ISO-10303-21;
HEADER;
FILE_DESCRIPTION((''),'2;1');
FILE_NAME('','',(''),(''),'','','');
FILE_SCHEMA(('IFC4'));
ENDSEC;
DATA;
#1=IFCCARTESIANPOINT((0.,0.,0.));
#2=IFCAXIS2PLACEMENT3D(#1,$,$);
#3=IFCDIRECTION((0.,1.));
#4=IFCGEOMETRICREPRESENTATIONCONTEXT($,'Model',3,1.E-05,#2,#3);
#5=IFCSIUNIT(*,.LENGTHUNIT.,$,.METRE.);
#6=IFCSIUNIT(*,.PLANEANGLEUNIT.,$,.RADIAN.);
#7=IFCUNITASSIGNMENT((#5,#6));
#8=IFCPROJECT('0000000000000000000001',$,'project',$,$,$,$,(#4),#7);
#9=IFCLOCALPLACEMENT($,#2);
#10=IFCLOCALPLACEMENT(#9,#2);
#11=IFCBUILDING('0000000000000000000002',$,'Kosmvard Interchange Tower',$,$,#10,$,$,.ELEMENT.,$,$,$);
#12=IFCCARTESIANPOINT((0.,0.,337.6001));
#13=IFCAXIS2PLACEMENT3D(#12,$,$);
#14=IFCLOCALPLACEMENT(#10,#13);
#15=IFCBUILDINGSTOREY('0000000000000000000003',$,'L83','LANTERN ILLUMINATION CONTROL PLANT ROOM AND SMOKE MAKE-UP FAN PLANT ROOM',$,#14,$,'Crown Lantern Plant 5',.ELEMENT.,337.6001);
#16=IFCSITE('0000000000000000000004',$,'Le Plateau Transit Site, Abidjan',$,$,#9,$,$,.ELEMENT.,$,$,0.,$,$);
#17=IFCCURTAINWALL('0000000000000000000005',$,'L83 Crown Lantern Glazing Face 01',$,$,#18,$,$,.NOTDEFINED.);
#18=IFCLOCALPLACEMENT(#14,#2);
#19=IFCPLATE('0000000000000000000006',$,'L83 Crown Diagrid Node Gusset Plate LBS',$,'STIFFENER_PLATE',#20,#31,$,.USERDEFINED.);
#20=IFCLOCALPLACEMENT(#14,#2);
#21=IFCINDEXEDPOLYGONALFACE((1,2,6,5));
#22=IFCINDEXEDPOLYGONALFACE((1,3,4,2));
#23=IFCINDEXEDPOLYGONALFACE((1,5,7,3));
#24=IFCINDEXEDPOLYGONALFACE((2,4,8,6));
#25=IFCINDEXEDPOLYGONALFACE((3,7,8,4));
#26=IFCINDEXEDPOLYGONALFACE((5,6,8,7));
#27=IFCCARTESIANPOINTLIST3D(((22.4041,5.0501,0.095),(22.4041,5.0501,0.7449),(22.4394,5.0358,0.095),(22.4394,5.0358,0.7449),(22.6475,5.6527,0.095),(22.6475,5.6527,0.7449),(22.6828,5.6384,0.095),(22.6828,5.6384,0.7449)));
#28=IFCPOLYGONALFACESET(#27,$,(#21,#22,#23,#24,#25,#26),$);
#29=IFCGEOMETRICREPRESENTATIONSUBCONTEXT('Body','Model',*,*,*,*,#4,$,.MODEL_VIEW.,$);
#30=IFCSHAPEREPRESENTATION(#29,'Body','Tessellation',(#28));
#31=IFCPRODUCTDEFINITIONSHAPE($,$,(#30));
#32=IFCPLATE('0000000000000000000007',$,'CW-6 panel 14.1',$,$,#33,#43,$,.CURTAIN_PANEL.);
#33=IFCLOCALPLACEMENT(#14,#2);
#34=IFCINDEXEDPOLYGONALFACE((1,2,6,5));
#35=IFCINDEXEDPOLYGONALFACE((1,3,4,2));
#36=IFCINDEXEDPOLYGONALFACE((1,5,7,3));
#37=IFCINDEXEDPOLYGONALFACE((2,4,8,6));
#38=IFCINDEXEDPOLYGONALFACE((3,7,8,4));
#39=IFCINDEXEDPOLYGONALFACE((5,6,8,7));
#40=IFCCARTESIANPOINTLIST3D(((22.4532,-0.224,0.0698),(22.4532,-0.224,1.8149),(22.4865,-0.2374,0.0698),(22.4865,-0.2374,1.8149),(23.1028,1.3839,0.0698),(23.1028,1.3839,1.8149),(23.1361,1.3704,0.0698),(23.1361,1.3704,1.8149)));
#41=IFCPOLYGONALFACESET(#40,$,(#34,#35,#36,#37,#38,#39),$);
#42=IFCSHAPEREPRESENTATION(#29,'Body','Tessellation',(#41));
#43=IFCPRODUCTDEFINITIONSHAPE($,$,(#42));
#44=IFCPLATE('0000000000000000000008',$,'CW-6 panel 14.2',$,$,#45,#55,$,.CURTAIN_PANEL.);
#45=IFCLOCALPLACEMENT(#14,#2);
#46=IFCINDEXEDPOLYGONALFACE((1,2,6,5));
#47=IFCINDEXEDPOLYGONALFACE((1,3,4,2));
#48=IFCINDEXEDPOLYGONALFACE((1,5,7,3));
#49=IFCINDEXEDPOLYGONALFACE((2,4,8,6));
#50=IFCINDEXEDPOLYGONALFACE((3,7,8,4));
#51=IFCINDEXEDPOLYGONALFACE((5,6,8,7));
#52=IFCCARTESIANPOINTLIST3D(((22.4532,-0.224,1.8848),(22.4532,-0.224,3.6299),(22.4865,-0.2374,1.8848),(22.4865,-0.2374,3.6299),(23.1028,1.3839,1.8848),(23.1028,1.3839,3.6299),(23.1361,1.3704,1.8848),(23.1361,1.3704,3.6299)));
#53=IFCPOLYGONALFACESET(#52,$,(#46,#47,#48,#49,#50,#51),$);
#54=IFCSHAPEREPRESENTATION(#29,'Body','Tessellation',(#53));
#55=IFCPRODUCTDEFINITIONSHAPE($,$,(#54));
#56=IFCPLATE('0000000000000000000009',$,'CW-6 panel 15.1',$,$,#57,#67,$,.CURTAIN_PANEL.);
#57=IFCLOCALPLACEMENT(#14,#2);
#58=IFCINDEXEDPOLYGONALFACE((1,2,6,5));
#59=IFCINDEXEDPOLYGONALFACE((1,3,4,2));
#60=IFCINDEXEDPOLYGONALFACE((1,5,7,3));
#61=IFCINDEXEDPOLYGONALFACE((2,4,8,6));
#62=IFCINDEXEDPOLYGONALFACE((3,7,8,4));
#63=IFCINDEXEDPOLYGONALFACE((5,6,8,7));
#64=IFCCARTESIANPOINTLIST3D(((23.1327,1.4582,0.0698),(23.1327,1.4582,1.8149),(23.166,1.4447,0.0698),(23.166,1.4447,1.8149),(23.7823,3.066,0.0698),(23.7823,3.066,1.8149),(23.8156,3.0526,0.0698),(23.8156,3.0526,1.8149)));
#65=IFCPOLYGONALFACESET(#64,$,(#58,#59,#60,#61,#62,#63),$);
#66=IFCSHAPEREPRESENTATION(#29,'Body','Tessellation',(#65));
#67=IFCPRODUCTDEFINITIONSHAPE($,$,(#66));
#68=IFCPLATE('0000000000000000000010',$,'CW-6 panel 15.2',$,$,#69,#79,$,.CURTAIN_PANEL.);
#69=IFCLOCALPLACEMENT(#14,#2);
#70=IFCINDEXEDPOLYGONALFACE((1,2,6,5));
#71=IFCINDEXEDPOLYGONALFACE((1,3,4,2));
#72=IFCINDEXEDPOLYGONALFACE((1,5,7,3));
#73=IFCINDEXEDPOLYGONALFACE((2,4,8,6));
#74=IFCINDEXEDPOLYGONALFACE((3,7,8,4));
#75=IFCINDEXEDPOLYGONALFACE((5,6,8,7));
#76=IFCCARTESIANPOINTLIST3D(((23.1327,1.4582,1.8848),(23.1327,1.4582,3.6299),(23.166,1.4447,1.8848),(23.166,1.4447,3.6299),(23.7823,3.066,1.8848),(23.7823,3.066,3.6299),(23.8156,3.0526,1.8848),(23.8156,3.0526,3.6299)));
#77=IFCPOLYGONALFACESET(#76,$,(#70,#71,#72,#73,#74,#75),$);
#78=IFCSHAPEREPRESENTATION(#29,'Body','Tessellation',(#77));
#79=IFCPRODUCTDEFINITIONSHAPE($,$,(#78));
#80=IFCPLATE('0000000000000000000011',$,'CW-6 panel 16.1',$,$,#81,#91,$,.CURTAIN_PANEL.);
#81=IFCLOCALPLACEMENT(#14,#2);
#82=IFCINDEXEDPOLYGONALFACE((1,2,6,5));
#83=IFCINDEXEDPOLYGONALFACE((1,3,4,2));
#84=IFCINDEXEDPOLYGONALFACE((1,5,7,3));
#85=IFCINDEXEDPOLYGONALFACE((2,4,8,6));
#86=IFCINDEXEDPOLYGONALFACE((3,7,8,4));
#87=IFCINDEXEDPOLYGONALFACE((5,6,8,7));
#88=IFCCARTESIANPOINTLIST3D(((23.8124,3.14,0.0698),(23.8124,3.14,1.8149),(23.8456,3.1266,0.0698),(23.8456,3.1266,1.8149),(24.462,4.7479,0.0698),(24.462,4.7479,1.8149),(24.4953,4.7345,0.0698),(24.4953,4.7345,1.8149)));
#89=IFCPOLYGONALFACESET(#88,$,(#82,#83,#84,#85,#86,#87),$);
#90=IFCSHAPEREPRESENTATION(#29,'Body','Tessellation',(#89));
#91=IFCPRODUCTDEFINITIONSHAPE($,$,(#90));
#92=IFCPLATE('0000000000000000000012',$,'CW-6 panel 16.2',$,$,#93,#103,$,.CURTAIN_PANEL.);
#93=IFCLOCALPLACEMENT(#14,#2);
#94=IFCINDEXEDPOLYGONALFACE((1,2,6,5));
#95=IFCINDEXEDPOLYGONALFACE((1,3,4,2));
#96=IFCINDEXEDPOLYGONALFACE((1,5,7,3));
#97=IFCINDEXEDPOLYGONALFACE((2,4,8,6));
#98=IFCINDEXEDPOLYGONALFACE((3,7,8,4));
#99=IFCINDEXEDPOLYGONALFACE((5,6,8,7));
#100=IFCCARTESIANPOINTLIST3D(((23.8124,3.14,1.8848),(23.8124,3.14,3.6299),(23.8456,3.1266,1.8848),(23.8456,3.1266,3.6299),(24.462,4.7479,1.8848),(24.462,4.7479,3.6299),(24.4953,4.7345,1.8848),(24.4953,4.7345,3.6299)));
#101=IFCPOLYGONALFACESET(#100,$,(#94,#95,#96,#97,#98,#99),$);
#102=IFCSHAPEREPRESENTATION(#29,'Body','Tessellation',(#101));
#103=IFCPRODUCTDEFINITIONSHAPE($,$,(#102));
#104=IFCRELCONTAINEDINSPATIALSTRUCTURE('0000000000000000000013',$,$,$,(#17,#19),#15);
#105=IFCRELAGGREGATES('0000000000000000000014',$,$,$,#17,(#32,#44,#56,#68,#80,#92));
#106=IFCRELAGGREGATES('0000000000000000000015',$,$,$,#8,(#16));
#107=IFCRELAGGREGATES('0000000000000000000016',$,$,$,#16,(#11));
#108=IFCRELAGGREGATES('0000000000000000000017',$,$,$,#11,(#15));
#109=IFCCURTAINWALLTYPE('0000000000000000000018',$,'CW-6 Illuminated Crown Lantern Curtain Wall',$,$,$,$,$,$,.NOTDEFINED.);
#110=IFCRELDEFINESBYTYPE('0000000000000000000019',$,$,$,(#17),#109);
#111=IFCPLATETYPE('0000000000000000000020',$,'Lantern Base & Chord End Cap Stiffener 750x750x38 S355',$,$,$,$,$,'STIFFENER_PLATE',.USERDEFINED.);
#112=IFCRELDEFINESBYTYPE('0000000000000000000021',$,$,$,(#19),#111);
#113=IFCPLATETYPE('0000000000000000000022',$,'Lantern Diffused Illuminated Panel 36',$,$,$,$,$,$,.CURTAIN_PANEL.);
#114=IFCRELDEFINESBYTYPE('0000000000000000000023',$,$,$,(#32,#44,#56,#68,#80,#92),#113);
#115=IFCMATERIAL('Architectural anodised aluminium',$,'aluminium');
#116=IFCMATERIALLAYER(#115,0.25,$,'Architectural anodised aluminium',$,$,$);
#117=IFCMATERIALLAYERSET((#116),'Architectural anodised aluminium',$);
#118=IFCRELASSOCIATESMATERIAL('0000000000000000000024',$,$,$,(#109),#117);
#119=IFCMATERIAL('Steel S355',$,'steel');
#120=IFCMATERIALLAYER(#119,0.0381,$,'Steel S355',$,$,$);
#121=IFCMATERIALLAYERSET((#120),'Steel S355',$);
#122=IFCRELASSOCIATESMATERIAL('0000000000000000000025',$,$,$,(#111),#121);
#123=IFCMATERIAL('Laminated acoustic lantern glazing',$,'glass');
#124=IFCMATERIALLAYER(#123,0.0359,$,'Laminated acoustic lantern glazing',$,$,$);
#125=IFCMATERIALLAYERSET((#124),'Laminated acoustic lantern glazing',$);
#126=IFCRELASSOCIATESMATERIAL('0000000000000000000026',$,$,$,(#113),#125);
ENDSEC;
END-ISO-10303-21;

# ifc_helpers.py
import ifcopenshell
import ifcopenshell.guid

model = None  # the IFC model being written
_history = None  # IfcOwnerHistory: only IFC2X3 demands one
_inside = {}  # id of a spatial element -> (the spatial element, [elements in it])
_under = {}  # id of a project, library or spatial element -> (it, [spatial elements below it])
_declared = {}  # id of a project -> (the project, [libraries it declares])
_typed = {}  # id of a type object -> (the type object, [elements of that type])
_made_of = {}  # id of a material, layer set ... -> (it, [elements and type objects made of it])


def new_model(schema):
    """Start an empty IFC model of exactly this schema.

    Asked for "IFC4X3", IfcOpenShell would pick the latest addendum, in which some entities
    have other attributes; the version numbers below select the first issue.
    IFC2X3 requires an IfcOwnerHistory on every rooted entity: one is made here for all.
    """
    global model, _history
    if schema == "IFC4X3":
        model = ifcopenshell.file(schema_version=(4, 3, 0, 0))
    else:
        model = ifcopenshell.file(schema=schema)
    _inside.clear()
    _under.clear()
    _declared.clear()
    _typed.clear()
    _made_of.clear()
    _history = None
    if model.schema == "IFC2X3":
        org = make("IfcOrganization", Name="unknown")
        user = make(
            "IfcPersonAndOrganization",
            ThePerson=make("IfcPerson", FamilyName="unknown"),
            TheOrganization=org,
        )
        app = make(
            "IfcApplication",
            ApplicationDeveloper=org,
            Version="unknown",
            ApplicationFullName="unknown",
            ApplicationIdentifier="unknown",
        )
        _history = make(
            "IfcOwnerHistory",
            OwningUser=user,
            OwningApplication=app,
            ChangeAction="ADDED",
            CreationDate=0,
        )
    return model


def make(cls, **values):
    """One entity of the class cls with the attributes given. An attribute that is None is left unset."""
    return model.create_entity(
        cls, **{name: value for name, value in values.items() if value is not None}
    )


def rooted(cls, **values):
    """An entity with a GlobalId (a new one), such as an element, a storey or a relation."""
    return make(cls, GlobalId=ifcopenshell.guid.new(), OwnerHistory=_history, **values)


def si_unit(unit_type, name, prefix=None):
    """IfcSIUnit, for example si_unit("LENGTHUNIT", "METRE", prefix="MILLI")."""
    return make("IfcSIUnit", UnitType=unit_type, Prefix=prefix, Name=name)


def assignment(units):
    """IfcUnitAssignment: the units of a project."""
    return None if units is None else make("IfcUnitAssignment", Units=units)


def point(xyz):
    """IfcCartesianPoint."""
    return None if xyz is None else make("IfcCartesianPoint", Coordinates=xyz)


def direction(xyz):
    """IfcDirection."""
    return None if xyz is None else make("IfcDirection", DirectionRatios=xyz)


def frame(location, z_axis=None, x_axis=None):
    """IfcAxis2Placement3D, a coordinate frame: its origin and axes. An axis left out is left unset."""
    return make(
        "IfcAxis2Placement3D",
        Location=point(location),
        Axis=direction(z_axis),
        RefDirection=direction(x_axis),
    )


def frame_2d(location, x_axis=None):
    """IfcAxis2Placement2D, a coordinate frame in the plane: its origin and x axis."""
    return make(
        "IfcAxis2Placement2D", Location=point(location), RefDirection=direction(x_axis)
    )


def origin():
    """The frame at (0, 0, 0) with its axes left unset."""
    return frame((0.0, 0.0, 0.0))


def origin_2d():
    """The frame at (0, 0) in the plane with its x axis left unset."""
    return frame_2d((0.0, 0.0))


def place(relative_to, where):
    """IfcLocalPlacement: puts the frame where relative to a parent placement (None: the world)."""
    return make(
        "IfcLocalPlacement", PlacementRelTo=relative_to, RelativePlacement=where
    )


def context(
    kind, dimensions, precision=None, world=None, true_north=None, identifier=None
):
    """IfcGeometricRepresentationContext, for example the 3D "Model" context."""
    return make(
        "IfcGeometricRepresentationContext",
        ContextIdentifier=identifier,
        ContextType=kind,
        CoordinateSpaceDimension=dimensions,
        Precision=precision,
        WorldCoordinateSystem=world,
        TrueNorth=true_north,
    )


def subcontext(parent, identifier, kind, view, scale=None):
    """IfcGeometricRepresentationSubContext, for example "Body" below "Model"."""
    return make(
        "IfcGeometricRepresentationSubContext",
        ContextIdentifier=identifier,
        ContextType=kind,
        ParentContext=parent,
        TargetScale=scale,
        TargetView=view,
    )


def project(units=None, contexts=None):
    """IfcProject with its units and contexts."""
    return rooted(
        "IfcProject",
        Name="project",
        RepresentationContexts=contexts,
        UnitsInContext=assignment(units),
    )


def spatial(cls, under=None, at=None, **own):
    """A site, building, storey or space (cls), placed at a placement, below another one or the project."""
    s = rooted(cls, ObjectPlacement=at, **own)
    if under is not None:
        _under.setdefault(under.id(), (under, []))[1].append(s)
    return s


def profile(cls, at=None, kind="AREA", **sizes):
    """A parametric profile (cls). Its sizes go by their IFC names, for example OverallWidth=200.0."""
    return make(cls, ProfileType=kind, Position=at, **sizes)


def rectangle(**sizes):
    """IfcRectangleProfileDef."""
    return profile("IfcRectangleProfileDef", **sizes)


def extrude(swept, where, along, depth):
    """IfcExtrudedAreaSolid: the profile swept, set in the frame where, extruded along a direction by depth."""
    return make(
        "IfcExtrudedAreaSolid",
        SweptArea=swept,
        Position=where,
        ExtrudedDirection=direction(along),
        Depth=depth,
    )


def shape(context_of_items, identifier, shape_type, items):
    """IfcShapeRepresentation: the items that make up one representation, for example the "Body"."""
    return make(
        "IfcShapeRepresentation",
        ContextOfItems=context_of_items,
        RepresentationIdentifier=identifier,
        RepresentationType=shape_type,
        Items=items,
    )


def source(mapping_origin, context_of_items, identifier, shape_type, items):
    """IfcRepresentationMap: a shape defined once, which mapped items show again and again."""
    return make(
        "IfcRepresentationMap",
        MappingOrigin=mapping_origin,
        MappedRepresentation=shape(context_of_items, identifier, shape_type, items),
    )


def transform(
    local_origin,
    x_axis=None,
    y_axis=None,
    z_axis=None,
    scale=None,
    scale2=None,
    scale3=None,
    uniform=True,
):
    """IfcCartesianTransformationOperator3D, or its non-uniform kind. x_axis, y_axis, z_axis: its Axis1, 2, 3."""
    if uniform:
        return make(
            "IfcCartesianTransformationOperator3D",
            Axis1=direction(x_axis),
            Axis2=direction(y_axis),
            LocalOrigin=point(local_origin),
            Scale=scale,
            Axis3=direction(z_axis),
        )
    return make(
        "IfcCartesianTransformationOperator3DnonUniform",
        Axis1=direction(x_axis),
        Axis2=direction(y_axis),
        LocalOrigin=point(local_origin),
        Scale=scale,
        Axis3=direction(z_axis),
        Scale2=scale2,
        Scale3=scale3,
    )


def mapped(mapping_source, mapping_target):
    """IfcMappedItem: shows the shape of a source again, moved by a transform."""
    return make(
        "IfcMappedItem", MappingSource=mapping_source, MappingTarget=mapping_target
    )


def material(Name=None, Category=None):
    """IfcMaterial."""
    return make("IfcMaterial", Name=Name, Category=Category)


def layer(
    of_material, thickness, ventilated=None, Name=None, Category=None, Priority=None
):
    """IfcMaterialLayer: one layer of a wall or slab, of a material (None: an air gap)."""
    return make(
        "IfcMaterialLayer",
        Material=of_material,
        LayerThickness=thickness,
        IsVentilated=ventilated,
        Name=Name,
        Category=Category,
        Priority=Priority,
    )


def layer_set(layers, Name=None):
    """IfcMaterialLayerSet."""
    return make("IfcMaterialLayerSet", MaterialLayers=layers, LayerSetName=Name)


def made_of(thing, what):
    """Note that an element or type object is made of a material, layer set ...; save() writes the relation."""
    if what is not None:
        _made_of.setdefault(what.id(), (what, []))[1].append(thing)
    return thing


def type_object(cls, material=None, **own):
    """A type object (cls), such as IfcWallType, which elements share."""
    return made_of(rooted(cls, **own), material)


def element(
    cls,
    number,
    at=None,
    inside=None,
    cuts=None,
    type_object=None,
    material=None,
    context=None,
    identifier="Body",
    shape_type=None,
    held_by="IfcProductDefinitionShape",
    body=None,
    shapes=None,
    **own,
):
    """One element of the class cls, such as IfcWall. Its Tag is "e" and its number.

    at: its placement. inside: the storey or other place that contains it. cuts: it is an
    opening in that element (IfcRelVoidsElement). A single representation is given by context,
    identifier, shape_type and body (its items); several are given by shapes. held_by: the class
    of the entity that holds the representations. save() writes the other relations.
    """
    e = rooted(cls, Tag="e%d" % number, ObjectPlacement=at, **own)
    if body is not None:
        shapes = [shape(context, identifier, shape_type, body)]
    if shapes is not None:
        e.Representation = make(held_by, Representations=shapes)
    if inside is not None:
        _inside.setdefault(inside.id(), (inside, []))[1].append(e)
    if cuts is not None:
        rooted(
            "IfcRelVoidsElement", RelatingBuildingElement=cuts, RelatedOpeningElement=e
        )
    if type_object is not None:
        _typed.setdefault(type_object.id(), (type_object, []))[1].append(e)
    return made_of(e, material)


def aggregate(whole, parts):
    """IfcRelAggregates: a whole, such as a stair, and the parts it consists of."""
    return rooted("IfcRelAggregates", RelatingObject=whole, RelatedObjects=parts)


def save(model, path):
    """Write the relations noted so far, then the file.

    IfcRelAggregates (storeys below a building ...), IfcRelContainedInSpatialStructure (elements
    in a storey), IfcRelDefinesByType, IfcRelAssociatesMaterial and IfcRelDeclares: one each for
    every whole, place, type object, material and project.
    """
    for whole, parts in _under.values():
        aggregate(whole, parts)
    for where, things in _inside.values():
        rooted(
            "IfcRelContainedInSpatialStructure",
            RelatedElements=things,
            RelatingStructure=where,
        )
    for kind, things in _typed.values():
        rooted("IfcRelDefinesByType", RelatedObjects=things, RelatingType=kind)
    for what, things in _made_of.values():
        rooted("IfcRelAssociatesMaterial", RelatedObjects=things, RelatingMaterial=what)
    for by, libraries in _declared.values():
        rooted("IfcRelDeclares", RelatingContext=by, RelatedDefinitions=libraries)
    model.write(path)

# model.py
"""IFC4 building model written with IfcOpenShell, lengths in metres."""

from ifc_helpers import new_model, si_unit, direction, frame, origin, origin_2d, place, context, subcontext, project, spatial, rectangle, extrude, source, transform, mapped, material, layer, layer_set, type_object, element, aggregate, save


model = new_model("IFC4")

# Units and contexts
model_context = context("Model", 3, precision=1e-05, world=origin(), true_north=direction((0.0, 1.0)))
body_context = subcontext(model_context, "Body", "Model", "MODEL_VIEW")
ifc_project = project(units=[si_unit("LENGTHUNIT", "METRE"), si_unit("PLANEANGLEUNIT", "RADIAN")], contexts=[model_context])

# Site, building, storey
site_placement = place(None, origin())
site = spatial("IfcSite", under=ifc_project, at=site_placement, Name="Le Plateau Transit Site, Abidjan", CompositionType="ELEMENT", RefElevation=0.0)
building_placement = place(site_placement, origin())
building = spatial("IfcBuilding", under=site, at=building_placement, Name="Kosmvard Interchange Tower", CompositionType="ELEMENT")
storey_placement = place(building_placement, frame((0.0, 0.0, 337.6001)))
storey = spatial("IfcBuildingStorey", under=building, at=storey_placement, Name="L83", Description="LANTERN ILLUMINATION CONTROL PLANT ROOM AND SMOKE MAKE-UP FAN PLANT ROOM", LongName="Crown Lantern Plant 5", CompositionType="ELEMENT", Elevation=337.6001)

# Shared definitions
ifc_material_1 = material(Name="Steel S355", Category="steel")

# Curtain wall
ifc_material_2 = material(Name="Architectural anodised aluminium", Category="aluminium")
ifc_layer_1 = layer(ifc_material_2, 0.25, Name="Architectural anodised aluminium")
ifc_layer_set_1 = layer_set([ifc_layer_1], Name="Architectural anodised aluminium")
curtain_wall_type = type_object("IfcCurtainWallType", Name="CW-6 Illuminated Crown Lantern Curtain Wall", PredefinedType="NOTDEFINED", material=ifc_layer_set_1)
curtain_wall_placement = place(storey_placement, origin())
curtain_wall = element("IfcCurtainWall", 1, at=curtain_wall_placement, inside=storey, type_object=curtain_wall_type, Name="L83 Crown Lantern Glazing Face 01", PredefinedType="NOTDEFINED")

# Plates
ifc_layer_2 = layer(ifc_material_1, 0.0381, Name="Steel S355")
ifc_layer_set_2 = layer_set([ifc_layer_2], Name="Steel S355")
plate_type_1 = type_object("IfcPlateType", Name="Lantern Base & Chord End Cap Stiffener 750x750x38 S355", ElementType="STIFFENER_PLATE", PredefinedType="USERDEFINED", material=ifc_layer_set_2)
shared_shape_1 = source(origin(), body_context, "Body", "SweptSolid", [
    extrude(rectangle(XDim=0.6499, YDim=0.0381, at=origin_2d()), origin(), (0.0, 0.0, 1.0), 0.6499),
])
plate_1_placement = place(storey_placement, frame((22.5435, 5.3442, 0.095), z_axis=(0.0, 0.0, 1.0), x_axis=(0.374607, 0.927184, 0.0)))
element("IfcPlate", 2, at=plate_1_placement, inside=storey, type_object=plate_type_1, Name="L83 Crown Diagrid Node Gusset Plate LBS", ObjectType="STIFFENER_PLATE", PredefinedType="USERDEFINED", context=body_context, shape_type="MappedRepresentation", body=[
    mapped(shared_shape_1, transform((0.0, 0.0, 0.0), scale=1.0)),
])
ifc_material_3 = material(Name="Laminated acoustic lantern glazing", Category="glass")
ifc_layer_3 = layer(ifc_material_3, 0.0359, Name="Laminated acoustic lantern glazing")
ifc_layer_set_3 = layer_set([ifc_layer_3], Name="Laminated acoustic lantern glazing")
plate_type_2 = type_object("IfcPlateType", Name="Lantern Diffused Illuminated Panel 36", PredefinedType="CURTAIN_PANEL", material=ifc_layer_set_3)
shared_shape_2 = source(origin(), body_context, "Body", "SweptSolid", [
    extrude(rectangle(XDim=1.7341, YDim=0.0359, at=origin_2d()), origin(), (0.0, 0.0, 1.0), 1.7451),
])
plate_2_placement = place(storey_placement, frame((22.7947, 0.5732, 0.0698), z_axis=(0.0, 0.0, 1.0), x_axis=(0.374607, 0.927184, 0.0)))
plate_2 = element("IfcPlate", 3, at=plate_2_placement, type_object=plate_type_2, Name="CW-6 panel 14.1", PredefinedType="CURTAIN_PANEL", context=body_context, shape_type="MappedRepresentation", body=[
    mapped(shared_shape_2, transform((0.0, 0.0, 0.0), scale=1.0)),
])
plate_3_placement = place(storey_placement, frame((22.7947, 0.5732, 1.8848), z_axis=(0.0, 0.0, 1.0), x_axis=(0.374607, 0.927184, 0.0)))
plate_3 = element("IfcPlate", 4, at=plate_3_placement, type_object=plate_type_2, Name="CW-6 panel 14.2", PredefinedType="CURTAIN_PANEL", context=body_context, shape_type="MappedRepresentation", body=[
    mapped(shared_shape_2, transform((0.0, 0.0, 0.0), scale=1.0)),
])
plate_4_placement = place(storey_placement, frame((23.4741, 2.2554, 0.0698), z_axis=(0.0, 0.0, 1.0), x_axis=(0.374607, 0.927184, 0.0)))
plate_4 = element("IfcPlate", 5, at=plate_4_placement, type_object=plate_type_2, Name="CW-6 panel 15.1", PredefinedType="CURTAIN_PANEL", context=body_context, shape_type="MappedRepresentation", body=[
    mapped(shared_shape_2, transform((0.0, 0.0, 0.0), scale=1.0)),
])
plate_5_placement = place(storey_placement, frame((23.4741, 2.2554, 1.8848), z_axis=(0.0, 0.0, 1.0), x_axis=(0.374607, 0.927184, 0.0)))
plate_5 = element("IfcPlate", 6, at=plate_5_placement, type_object=plate_type_2, Name="CW-6 panel 15.2", PredefinedType="CURTAIN_PANEL", context=body_context, shape_type="MappedRepresentation", body=[
    mapped(shared_shape_2, transform((0.0, 0.0, 0.0), scale=1.0)),
])
plate_6_placement = place(storey_placement, frame((24.1538, 3.9373, 0.0698), z_axis=(0.0, 0.0, 1.0), x_axis=(0.374607, 0.927184, 0.0)))
plate_6 = element("IfcPlate", 7, at=plate_6_placement, type_object=plate_type_2, Name="CW-6 panel 16.1", PredefinedType="CURTAIN_PANEL", context=body_context, shape_type="MappedRepresentation", body=[
    mapped(shared_shape_2, transform((0.0, 0.0, 0.0), scale=1.0)),
])
plate_7_placement = place(storey_placement, frame((24.1538, 3.9373, 1.8848), z_axis=(0.0, 0.0, 1.0), x_axis=(0.374607, 0.927184, 0.0)))
plate_7 = element("IfcPlate", 8, at=plate_7_placement, type_object=plate_type_2, Name="CW-6 panel 16.2", PredefinedType="CURTAIN_PANEL", context=body_context, shape_type="MappedRepresentation", body=[
    mapped(shared_shape_2, transform((0.0, 0.0, 0.0), scale=1.0)),
])
aggregate(curtain_wall, [plate_2, plate_3, plate_4, plate_5, plate_6, plate_7])

save(model, "model.ifc")
